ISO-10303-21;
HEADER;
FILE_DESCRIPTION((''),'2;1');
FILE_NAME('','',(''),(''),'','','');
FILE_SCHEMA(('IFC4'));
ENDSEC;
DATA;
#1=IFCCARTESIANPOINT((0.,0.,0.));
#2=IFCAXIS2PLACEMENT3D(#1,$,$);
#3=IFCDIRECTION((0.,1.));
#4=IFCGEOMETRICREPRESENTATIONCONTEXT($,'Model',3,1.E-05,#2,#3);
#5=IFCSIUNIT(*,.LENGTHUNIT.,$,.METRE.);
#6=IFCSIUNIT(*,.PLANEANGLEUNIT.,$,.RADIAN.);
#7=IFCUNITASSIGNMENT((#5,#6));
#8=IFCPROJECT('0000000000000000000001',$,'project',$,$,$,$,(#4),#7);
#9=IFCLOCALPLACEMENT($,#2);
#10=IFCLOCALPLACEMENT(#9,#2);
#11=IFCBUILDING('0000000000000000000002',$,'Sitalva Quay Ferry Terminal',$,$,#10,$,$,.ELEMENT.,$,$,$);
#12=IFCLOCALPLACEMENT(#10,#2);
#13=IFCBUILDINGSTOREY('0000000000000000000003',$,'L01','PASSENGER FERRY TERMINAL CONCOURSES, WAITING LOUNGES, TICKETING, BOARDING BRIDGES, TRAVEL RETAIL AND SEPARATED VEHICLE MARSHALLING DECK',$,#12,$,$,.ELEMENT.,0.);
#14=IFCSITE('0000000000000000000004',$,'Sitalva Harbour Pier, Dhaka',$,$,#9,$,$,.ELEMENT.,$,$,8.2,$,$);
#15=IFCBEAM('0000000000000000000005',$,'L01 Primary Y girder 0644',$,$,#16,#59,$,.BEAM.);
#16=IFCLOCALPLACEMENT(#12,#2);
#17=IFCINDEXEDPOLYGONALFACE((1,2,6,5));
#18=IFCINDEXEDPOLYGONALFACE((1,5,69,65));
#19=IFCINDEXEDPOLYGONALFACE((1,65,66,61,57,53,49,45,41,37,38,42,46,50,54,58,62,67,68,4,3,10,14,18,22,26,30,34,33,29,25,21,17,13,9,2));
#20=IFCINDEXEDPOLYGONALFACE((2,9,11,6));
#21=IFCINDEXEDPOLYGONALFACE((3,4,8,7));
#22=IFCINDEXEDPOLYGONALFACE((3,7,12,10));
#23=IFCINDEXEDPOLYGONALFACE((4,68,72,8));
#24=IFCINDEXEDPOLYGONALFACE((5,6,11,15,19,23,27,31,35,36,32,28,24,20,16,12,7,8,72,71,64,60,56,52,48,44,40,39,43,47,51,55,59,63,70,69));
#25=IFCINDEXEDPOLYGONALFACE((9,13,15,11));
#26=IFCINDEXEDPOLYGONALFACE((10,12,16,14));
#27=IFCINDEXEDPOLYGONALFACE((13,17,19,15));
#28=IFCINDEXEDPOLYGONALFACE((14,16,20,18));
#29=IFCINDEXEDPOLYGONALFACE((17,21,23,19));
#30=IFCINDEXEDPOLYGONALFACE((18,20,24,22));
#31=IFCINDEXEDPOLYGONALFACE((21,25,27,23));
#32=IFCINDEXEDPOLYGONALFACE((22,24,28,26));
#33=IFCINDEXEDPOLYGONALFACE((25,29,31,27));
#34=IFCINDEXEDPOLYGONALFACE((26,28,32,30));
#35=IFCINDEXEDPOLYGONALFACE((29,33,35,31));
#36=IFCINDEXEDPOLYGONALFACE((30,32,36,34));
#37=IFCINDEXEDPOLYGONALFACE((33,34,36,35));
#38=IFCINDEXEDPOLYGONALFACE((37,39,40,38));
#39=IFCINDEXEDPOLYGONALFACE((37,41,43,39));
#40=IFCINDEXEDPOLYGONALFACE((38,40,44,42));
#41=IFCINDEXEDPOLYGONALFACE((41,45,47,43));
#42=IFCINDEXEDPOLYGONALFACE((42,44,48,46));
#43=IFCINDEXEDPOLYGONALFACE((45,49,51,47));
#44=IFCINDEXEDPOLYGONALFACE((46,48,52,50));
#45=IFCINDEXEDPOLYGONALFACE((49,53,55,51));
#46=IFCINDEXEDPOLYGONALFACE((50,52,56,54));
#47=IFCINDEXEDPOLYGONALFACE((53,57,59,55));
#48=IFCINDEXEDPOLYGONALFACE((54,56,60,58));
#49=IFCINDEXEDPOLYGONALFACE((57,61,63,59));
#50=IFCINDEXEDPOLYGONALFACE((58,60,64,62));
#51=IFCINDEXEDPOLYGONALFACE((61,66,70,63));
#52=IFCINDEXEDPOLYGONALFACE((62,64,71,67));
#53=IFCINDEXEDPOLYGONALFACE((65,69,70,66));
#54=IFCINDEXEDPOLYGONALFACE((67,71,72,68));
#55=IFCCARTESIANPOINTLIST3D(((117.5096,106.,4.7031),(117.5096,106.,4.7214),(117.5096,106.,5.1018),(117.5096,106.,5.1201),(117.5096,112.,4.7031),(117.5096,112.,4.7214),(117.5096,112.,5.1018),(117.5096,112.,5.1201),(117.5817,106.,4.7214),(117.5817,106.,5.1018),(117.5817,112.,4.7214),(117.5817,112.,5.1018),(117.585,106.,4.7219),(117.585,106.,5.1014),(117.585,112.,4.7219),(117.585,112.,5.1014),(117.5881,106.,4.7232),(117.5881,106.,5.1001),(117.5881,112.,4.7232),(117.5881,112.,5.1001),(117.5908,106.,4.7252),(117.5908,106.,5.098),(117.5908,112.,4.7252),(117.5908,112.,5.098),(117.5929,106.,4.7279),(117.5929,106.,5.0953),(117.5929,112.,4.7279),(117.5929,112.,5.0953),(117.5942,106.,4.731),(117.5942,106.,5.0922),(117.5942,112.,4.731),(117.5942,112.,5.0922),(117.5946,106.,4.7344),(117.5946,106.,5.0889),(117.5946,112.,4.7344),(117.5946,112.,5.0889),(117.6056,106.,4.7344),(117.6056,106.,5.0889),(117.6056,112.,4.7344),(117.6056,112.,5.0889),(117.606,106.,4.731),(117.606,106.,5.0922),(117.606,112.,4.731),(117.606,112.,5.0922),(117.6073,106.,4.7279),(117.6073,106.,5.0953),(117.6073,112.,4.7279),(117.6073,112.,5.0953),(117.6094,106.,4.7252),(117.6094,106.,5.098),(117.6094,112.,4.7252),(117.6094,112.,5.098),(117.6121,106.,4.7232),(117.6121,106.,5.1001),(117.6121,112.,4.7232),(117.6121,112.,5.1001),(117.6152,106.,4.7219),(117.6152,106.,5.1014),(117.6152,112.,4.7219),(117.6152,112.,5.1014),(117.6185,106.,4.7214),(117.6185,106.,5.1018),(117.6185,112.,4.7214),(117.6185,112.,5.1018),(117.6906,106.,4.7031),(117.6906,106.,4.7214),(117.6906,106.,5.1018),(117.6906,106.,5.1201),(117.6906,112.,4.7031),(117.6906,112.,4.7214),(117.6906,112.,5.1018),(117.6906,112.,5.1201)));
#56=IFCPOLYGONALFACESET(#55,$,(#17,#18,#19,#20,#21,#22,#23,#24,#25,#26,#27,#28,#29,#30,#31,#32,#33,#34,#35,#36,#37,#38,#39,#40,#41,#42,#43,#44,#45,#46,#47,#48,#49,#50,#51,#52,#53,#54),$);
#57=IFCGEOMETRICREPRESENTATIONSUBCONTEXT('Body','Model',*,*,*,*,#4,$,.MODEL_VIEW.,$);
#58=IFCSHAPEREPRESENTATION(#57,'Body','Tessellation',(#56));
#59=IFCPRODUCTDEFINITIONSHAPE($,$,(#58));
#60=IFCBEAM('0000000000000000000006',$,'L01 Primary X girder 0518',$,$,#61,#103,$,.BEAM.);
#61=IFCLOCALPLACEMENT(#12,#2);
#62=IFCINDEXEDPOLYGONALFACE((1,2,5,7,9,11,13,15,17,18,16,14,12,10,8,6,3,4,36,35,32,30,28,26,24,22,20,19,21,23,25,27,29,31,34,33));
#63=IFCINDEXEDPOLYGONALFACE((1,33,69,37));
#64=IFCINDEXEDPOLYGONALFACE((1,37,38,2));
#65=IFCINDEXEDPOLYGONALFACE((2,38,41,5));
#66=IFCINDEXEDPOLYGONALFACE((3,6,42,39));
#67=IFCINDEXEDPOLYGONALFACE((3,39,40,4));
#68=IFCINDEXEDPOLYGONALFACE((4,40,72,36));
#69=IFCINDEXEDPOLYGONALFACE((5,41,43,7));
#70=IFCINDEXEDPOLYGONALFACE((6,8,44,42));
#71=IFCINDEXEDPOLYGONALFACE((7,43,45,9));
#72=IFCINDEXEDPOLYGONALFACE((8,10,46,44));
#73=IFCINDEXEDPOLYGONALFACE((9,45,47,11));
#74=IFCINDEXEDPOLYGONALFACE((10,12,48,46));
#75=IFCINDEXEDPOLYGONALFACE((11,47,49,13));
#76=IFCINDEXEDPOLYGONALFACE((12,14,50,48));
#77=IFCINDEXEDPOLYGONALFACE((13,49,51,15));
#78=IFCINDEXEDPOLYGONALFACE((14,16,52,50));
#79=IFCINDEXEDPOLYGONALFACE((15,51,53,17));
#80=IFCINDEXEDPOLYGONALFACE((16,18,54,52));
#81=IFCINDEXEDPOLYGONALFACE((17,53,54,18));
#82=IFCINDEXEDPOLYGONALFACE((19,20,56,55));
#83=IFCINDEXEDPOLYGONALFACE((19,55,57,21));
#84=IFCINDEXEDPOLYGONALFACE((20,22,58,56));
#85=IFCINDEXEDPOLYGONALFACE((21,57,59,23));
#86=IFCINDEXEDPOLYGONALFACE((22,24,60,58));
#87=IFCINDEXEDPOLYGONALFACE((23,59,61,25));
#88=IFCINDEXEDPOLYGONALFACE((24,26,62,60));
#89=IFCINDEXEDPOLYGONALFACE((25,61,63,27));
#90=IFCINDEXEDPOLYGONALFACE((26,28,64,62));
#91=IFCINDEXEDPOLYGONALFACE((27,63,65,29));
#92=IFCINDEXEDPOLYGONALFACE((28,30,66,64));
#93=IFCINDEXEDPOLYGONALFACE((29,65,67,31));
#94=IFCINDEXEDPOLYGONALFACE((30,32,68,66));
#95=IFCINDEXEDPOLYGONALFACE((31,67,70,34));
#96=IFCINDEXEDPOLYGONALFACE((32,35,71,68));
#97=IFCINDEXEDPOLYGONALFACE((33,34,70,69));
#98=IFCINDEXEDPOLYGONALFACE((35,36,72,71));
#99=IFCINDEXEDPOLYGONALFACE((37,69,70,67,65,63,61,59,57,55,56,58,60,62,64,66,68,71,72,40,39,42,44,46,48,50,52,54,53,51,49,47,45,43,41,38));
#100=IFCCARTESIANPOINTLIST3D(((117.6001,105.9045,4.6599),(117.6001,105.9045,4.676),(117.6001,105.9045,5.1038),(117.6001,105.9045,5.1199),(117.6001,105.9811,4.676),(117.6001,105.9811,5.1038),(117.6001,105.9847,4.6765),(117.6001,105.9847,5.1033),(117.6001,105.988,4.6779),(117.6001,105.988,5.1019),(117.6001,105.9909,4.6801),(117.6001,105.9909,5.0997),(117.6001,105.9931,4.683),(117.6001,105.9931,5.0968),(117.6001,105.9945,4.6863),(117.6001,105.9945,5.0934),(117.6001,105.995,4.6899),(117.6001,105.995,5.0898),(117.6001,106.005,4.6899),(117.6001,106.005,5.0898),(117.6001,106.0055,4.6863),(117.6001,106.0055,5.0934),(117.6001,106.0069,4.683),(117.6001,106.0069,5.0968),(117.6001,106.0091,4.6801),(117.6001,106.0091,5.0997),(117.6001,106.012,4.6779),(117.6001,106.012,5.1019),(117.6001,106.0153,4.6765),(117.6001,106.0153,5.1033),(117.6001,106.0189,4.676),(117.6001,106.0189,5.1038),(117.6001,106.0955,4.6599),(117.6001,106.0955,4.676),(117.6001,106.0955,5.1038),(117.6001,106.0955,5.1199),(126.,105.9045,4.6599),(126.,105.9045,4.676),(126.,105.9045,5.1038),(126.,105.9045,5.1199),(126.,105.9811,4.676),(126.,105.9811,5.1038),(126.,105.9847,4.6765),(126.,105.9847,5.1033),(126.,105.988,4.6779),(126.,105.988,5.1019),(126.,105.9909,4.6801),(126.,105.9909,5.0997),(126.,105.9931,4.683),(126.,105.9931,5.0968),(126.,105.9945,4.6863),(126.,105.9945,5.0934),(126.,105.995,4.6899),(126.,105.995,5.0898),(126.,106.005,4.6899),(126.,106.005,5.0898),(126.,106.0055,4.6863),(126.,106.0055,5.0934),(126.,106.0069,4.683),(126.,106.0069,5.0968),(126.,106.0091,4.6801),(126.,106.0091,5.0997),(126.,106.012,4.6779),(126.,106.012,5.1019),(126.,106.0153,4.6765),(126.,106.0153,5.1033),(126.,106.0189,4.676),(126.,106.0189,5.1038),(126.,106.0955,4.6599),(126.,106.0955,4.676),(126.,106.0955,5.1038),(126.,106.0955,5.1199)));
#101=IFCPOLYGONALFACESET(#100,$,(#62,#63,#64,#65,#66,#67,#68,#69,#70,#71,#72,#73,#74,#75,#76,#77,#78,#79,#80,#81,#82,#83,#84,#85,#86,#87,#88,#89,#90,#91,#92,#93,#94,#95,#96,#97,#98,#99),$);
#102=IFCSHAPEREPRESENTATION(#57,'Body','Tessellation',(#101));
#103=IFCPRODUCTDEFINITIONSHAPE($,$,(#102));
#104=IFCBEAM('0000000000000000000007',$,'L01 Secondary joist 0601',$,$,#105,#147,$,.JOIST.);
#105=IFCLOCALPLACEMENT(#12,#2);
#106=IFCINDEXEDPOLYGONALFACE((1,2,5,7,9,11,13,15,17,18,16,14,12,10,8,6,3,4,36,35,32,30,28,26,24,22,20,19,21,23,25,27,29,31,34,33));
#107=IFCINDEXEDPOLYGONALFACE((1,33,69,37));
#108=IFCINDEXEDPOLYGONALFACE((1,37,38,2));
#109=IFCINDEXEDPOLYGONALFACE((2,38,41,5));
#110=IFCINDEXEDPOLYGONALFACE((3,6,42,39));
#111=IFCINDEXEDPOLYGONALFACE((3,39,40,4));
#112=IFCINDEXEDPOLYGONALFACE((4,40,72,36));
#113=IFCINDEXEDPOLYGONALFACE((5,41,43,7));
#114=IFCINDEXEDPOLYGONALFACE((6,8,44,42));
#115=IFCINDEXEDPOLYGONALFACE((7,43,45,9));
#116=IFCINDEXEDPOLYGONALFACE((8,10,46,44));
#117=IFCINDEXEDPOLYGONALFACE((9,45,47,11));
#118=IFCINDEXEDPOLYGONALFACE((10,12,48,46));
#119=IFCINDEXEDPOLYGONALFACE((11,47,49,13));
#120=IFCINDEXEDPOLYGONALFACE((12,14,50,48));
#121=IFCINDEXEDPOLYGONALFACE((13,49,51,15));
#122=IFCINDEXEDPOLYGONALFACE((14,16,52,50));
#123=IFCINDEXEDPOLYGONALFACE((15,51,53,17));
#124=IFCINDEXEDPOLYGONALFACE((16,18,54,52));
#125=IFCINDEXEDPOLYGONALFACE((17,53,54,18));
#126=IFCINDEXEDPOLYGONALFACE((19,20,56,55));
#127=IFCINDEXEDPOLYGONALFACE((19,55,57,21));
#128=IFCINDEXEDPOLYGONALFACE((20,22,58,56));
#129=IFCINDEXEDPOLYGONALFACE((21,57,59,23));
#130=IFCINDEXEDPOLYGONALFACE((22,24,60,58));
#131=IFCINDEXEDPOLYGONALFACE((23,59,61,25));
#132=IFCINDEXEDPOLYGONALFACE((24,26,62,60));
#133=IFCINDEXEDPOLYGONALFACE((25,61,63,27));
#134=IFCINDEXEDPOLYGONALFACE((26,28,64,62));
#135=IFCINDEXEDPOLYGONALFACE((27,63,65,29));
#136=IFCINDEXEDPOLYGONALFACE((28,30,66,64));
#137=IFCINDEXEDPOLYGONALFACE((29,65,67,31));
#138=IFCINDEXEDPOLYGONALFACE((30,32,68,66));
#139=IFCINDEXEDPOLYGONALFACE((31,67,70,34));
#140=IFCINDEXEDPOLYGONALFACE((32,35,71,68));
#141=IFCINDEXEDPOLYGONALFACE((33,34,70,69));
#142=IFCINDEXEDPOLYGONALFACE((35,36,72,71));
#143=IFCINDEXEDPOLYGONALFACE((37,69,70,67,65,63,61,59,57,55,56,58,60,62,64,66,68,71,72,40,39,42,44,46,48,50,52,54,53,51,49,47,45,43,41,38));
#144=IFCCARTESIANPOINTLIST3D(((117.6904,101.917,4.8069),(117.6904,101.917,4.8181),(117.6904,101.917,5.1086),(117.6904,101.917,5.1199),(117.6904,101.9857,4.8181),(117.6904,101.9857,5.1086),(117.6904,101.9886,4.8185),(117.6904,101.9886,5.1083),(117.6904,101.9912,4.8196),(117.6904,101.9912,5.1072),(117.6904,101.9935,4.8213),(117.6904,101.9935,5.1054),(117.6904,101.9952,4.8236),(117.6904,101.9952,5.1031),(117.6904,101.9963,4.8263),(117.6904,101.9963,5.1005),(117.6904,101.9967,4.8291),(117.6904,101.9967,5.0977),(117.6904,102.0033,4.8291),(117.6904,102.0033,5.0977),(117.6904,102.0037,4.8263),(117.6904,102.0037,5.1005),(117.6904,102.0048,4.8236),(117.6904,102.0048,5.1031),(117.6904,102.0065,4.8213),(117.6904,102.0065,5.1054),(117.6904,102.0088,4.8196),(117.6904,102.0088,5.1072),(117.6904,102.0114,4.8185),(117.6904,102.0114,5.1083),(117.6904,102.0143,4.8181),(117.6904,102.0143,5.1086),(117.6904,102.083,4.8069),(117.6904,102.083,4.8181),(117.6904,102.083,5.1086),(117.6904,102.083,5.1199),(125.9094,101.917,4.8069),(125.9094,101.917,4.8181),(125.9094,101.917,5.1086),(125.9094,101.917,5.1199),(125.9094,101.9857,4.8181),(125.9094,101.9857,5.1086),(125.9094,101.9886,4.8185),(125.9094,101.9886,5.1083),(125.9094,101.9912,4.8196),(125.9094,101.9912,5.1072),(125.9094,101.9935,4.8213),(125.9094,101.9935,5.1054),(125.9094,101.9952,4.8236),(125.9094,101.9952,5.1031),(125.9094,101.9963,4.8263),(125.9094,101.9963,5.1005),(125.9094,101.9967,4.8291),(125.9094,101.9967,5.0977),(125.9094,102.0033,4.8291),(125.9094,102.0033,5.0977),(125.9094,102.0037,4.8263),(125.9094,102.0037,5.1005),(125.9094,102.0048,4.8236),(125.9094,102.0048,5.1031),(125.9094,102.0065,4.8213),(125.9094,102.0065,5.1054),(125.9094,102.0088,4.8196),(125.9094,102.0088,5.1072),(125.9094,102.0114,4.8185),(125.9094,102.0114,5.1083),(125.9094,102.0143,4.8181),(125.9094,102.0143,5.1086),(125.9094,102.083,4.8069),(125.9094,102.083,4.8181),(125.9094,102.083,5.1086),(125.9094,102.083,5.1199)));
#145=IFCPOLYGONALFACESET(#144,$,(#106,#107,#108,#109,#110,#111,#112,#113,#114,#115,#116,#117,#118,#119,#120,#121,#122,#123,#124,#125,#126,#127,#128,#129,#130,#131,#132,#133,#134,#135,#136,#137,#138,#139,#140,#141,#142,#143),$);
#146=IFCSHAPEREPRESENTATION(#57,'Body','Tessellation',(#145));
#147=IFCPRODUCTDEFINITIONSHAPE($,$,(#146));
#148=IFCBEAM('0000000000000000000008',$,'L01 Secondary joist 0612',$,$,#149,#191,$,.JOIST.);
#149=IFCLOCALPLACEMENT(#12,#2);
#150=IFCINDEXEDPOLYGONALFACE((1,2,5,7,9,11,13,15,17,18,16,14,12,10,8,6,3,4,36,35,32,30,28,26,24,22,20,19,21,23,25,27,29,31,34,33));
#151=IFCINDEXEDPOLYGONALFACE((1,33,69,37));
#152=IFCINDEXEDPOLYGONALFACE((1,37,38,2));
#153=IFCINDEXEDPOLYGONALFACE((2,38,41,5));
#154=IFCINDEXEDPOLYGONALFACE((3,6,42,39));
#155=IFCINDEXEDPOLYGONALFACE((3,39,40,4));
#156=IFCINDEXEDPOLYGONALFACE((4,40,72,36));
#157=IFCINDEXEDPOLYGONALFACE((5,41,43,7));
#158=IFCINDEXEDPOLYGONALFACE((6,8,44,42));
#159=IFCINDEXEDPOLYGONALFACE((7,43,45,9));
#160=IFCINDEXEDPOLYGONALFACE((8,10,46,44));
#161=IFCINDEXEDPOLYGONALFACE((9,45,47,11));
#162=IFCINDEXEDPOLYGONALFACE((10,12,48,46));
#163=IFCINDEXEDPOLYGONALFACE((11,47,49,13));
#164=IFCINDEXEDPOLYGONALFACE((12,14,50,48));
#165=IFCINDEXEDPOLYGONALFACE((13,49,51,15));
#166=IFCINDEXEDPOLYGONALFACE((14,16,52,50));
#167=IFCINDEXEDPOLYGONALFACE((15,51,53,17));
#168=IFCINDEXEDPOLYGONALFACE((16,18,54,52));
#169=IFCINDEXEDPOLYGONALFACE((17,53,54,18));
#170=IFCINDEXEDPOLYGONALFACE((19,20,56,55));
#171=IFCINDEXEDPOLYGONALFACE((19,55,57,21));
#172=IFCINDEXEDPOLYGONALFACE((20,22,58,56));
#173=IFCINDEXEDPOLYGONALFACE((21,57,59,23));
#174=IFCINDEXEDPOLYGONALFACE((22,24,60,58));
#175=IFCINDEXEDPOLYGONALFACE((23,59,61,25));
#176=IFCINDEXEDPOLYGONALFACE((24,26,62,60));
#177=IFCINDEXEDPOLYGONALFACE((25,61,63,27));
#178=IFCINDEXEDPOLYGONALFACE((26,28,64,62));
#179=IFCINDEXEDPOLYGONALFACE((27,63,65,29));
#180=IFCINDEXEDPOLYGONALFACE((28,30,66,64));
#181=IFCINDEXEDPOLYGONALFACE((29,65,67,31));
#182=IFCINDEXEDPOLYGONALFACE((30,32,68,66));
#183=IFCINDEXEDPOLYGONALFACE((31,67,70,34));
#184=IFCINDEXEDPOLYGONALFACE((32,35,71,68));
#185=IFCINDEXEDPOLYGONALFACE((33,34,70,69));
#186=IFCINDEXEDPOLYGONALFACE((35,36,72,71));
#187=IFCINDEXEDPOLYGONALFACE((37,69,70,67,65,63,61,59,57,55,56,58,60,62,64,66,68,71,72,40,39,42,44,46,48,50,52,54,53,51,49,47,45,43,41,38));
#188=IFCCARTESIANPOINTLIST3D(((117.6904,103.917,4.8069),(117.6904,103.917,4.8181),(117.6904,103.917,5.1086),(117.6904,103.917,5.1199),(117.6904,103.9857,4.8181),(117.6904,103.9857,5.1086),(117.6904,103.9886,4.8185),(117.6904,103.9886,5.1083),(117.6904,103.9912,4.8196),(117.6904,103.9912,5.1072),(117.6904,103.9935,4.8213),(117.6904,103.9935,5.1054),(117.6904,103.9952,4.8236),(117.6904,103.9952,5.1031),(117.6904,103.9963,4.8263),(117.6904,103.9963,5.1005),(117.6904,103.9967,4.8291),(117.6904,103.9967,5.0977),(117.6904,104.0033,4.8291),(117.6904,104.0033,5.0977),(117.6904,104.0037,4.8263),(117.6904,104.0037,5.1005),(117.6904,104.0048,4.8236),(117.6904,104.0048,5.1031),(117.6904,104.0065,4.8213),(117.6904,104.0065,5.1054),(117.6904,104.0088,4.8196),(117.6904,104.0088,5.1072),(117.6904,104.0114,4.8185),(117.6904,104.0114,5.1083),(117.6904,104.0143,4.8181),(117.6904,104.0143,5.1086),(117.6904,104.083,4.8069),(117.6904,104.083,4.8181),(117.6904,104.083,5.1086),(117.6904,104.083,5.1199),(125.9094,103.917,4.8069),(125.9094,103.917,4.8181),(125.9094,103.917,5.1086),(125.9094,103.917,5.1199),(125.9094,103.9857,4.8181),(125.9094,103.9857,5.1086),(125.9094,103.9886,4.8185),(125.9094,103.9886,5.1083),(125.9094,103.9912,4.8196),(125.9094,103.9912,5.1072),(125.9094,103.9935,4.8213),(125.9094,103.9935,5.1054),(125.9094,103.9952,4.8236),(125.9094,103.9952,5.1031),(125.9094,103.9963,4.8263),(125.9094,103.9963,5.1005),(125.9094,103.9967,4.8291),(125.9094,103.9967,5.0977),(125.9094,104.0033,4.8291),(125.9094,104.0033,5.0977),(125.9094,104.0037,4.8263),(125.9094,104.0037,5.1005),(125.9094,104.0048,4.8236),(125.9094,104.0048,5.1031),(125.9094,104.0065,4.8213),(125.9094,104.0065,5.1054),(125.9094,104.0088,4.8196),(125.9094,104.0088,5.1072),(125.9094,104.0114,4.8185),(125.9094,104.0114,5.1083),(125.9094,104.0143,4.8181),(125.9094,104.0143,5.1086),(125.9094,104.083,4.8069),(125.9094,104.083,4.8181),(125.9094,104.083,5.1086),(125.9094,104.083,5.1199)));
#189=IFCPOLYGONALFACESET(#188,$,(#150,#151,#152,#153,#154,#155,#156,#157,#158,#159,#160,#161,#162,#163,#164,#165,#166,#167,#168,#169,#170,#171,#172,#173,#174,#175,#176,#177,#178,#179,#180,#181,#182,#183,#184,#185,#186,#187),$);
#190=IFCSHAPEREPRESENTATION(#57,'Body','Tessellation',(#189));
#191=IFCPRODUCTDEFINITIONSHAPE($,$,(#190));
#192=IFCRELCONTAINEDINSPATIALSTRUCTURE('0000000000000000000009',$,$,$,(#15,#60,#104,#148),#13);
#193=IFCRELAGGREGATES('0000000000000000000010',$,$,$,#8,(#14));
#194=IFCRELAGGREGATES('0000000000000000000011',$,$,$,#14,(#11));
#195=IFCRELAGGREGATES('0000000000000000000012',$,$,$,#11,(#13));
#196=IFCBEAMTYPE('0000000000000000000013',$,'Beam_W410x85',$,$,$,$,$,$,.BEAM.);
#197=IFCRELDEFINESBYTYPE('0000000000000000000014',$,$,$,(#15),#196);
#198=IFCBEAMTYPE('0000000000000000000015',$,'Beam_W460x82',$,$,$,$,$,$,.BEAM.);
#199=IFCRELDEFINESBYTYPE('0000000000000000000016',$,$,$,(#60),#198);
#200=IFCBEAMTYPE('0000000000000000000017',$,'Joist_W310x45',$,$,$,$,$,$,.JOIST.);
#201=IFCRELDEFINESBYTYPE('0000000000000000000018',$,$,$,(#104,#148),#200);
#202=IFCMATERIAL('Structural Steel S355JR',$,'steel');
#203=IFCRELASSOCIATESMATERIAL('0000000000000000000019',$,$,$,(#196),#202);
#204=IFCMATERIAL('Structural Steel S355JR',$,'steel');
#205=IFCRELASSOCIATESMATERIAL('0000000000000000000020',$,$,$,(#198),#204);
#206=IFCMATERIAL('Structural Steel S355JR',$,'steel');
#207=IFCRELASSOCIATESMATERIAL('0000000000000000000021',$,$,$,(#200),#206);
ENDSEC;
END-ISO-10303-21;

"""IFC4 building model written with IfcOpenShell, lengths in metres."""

from ifc_helpers import new_model, si_unit, direction, frame, origin, origin_2d, place, context, subcontext, project, spatial, i_section, extrude, material, material_profile, profile_set, type_object, element, save


model = new_model("IFC4")

# Units and contexts
model_context = context("Model", 3, precision=1e-05, world=origin(), true_north=direction((0.0, 1.0)))
body_context = subcontext(model_context, "Body", "Model", "MODEL_VIEW")
ifc_project = project(units=[si_unit("LENGTHUNIT", "METRE"), si_unit("PLANEANGLEUNIT", "RADIAN")], contexts=[model_context])

# Site, building, storey
site_placement = place(None, origin())
site = spatial("IfcSite", under=ifc_project, at=site_placement, Name="Sitalva Harbour Pier, Dhaka", CompositionType="ELEMENT", RefElevation=8.2)
building_placement = place(site_placement, origin())
building = spatial("IfcBuilding", under=site, at=building_placement, Name="Sitalva Quay Ferry Terminal", CompositionType="ELEMENT")
storey_placement = place(building_placement, origin())
storey = spatial("IfcBuildingStorey", under=building, at=storey_placement, Name="L01", Description="PASSENGER FERRY TERMINAL CONCOURSES, WAITING LOUNGES, TICKETING, BOARDING BRIDGES, TRAVEL RETAIL AND SEPARATED VEHICLE MARSHALLING DECK", CompositionType="ELEMENT", Elevation=0.0)

# Beams
ifc_material_1 = material(Name="Structural Steel S355JR", Category="steel")
ifc_material_profile_1 = material_profile(ifc_material_1, i_section(OverallWidth=0.1809, OverallDepth=0.417, WebThickness=0.011, FlangeThickness=0.0183, FilletRadius=0.0129, at=origin_2d()), Name="W410x85")
ifc_profile_set_1 = profile_set([ifc_material_profile_1], Name="Structural Steel S355JR")
beam_type_1 = type_object("IfcBeamType", Name="Beam_W410x85", PredefinedType="BEAM", material=ifc_profile_set_1)
beam_1_placement = place(storey_placement, frame((117.6001, 106.0, 4.9116), z_axis=(0.0, 1.0, 0.0), x_axis=(-1.0, 0.0, 0.0)))
element("IfcBeam", 1, at=beam_1_placement, inside=storey, type_object=beam_type_1, Name="L01 Primary Y girder 0644", PredefinedType="BEAM", context=body_context, shape_type="SweptSolid", body=[
    extrude(i_section(OverallWidth=0.1809, OverallDepth=0.417, WebThickness=0.011, FlangeThickness=0.0183, FilletRadius=0.0129, at=origin_2d()), origin(), (0.0, 0.0, 1.0), 6.0),
])
ifc_material_2 = material(Name="Structural Steel S355JR", Category="steel")
ifc_material_profile_2 = material_profile(ifc_material_2, i_section(OverallWidth=0.1909, OverallDepth=0.46, WebThickness=0.01, FlangeThickness=0.0161, FilletRadius=0.0139, at=origin_2d()), Name="W460x82")
ifc_profile_set_2 = profile_set([ifc_material_profile_2], Name="Structural Steel S355JR")
beam_type_2 = type_object("IfcBeamType", Name="Beam_W460x82", PredefinedType="BEAM", material=ifc_profile_set_2)
beam_2_placement = place(storey_placement, frame((117.6001, 106.0, 4.8899), z_axis=(1.0, 0.0, 0.0), x_axis=(0.0, 1.0, 0.0)))
element("IfcBeam", 2, at=beam_2_placement, inside=storey, type_object=beam_type_2, Name="L01 Primary X girder 0518", PredefinedType="BEAM", context=body_context, shape_type="SweptSolid", body=[
    extrude(i_section(OverallWidth=0.1909, OverallDepth=0.46, WebThickness=0.01, FlangeThickness=0.0161, FilletRadius=0.0139, at=origin_2d()), origin(), (0.0, 0.0, 1.0), 8.3999),
])
ifc_material_3 = material(Name="Structural Steel S355JR", Category="steel")
ifc_material_profile_3 = material_profile(ifc_material_3, i_section(OverallWidth=0.166, OverallDepth=0.313, WebThickness=0.0066, FlangeThickness=0.0112, FilletRadius=0.011, at=origin_2d()), Name="W310x45")
ifc_profile_set_3 = profile_set([ifc_material_profile_3], Name="Structural Steel S355JR")
beam_type_3 = type_object("IfcBeamType", Name="Joist_W310x45", PredefinedType="JOIST", material=ifc_profile_set_3)
for number, where, z_axis, x_axis, name in (
    (3, (117.6904, 102.0, 4.9634), (1.0, 0.0, 0.0), (0.0, 1.0, 0.0), "L01 Secondary joist 0601"),
    (4, (117.6904, 104.0, 4.9634), (1.0, 0.0, 0.0), (0.0, 1.0, 0.0), "L01 Secondary joist 0612"),
):
    element("IfcBeam", number, at=place(storey_placement, frame(where, z_axis=z_axis, x_axis=x_axis)), inside=storey, type_object=beam_type_3, Name=name, PredefinedType="JOIST", context=body_context, shape_type="SweptSolid", body=[
        extrude(i_section(OverallWidth=0.166, OverallDepth=0.313, WebThickness=0.0066, FlangeThickness=0.0112, FilletRadius=0.011, at=origin_2d()), origin(), (0.0, 0.0, 1.0), 8.219),
    ])

save(model, "model.ifc")
